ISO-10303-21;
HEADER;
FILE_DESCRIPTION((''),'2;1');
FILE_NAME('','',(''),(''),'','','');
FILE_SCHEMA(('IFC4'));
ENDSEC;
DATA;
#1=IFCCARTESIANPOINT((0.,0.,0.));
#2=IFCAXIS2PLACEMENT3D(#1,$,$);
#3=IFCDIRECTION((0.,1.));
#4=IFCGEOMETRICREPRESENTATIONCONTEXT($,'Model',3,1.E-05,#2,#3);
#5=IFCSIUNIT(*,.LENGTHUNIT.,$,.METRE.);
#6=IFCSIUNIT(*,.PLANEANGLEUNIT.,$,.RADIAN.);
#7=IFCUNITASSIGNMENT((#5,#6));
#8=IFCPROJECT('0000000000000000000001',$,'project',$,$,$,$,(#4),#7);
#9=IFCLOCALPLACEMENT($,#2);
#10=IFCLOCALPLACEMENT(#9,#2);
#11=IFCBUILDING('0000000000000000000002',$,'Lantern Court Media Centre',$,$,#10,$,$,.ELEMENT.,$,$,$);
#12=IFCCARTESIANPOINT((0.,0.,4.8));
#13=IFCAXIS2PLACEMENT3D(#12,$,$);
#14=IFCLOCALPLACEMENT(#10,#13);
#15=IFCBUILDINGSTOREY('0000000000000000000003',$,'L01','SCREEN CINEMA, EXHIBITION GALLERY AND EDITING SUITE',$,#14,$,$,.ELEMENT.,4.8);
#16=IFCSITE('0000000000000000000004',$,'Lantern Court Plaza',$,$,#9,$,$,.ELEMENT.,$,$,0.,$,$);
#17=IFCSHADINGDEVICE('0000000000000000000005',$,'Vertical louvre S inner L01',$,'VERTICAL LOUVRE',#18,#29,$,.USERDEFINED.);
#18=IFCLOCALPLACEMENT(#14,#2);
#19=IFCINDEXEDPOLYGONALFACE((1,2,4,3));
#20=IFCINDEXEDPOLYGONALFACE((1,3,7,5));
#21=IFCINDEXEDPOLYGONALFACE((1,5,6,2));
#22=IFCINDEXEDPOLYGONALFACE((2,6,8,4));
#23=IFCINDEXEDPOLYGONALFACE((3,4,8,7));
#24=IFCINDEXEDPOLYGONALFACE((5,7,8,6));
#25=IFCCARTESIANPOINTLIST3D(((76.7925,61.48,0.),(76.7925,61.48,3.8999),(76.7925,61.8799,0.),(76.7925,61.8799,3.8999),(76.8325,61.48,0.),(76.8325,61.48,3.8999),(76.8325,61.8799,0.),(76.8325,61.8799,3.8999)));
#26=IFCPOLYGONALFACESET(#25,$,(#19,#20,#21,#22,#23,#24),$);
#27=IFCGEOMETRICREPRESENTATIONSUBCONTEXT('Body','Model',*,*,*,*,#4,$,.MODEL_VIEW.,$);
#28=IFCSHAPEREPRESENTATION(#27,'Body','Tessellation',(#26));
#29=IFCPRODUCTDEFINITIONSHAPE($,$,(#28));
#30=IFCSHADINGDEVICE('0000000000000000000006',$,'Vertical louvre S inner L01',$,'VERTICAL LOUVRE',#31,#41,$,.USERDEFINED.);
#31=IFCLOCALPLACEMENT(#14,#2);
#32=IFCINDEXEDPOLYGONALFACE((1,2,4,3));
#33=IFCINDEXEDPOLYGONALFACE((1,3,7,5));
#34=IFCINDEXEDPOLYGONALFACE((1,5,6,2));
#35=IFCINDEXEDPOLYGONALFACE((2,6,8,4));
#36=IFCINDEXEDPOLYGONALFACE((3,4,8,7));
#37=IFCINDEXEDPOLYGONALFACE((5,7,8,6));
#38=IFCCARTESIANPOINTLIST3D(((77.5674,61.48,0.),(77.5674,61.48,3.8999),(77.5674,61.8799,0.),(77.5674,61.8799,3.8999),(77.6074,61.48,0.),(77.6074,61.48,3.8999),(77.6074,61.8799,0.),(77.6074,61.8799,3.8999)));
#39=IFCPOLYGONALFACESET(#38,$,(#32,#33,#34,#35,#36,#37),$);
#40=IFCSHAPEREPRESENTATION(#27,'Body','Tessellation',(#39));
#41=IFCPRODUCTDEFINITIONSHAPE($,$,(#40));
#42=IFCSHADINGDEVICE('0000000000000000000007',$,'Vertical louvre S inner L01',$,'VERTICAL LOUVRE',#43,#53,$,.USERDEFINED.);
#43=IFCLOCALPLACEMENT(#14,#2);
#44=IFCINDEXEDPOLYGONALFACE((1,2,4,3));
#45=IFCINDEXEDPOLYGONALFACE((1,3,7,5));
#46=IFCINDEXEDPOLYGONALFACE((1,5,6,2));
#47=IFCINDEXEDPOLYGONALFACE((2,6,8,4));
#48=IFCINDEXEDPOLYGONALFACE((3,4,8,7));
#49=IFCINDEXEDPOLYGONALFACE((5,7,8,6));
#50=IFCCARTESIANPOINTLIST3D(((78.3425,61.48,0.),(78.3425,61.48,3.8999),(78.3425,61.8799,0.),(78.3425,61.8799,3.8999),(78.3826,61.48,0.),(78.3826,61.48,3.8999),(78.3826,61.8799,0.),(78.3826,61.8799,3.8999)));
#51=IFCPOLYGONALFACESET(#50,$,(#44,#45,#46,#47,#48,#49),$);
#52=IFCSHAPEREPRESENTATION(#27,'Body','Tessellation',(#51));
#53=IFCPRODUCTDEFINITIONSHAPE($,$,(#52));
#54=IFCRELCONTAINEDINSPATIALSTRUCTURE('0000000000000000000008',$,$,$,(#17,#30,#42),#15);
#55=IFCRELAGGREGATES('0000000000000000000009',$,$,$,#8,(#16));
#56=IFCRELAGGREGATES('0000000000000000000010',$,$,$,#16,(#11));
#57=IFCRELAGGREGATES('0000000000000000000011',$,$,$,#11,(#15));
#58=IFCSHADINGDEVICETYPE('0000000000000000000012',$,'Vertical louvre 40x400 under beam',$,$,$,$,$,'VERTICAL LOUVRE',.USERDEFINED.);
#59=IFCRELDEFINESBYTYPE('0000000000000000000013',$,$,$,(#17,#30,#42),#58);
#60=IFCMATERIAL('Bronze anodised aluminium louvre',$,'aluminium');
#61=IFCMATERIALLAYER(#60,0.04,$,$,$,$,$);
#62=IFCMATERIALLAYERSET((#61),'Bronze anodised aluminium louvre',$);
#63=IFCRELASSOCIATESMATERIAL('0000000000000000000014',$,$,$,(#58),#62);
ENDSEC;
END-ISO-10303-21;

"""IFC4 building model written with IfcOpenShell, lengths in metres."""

from ifc_helpers import new_model, si_unit, direction, frame, origin, origin_2d, place, context, subcontext, project, spatial, rectangle, extrude, material, layer, layer_set, type_object, element, save


model = new_model("IFC4")

# Units and contexts
model_context = context("Model", 3, precision=1e-05, world=origin(), true_north=direction((0.0, 1.0)))
body_context = subcontext(model_context, "Body", "Model", "MODEL_VIEW")
ifc_project = project(units=[si_unit("LENGTHUNIT", "METRE"), si_unit("PLANEANGLEUNIT", "RADIAN")], contexts=[model_context])

# Site, building, storey
site_placement = place(None, origin())
site = spatial("IfcSite", under=ifc_project, at=site_placement, Name="Lantern Court Plaza", CompositionType="ELEMENT", RefElevation=0.0)
building_placement = place(site_placement, origin())
building = spatial("IfcBuilding", under=site, at=building_placement, Name="Lantern Court Media Centre", CompositionType="ELEMENT")
storey_placement = place(building_placement, frame((0.0, 0.0, 4.8)))
storey = spatial("IfcBuildingStorey", under=building, at=storey_placement, Name="L01", Description="SCREEN CINEMA, EXHIBITION GALLERY AND EDITING SUITE", CompositionType="ELEMENT", Elevation=4.8)

# Shading devices
ifc_material_1 = material(Name="Bronze anodised aluminium louvre", Category="aluminium")
ifc_layer_1 = layer(ifc_material_1, 0.04)
ifc_layer_set_1 = layer_set([ifc_layer_1], Name="Bronze anodised aluminium louvre")
shading_device_type = type_object("IfcShadingDeviceType", Name="Vertical louvre 40x400 under beam", ElementType="VERTICAL LOUVRE", PredefinedType="USERDEFINED", material=ifc_layer_set_1)
for number, where, z_axis, x_axis, name in (
    (1, (76.8125, 61.6799, 0.0), (0.0, 0.0, 1.0), (1.0, 0.0, 0.0), "Vertical louvre S inner L01"),
    (2, (77.5874, 61.6799, 0.0), (0.0, 0.0, 1.0), (1.0, 0.0, 0.0), "Vertical louvre S inner L01"),
    (3, (78.3625, 61.6799, 0.0), (0.0, 0.0, 1.0), (1.0, 0.0, 0.0), "Vertical louvre S inner L01"),
):
    element("IfcShadingDevice", number, at=place(storey_placement, frame(where, z_axis=z_axis, x_axis=x_axis)), inside=storey, type_object=shading_device_type, Name=name, ObjectType="VERTICAL LOUVRE", PredefinedType="USERDEFINED", context=body_context, shape_type="SweptSolid", body=[
        extrude(rectangle(XDim=0.04, YDim=0.3999, at=origin_2d()), origin(), (0.0, 0.0, 1.0), 3.8999),
    ])

save(model, "model.ifc")
